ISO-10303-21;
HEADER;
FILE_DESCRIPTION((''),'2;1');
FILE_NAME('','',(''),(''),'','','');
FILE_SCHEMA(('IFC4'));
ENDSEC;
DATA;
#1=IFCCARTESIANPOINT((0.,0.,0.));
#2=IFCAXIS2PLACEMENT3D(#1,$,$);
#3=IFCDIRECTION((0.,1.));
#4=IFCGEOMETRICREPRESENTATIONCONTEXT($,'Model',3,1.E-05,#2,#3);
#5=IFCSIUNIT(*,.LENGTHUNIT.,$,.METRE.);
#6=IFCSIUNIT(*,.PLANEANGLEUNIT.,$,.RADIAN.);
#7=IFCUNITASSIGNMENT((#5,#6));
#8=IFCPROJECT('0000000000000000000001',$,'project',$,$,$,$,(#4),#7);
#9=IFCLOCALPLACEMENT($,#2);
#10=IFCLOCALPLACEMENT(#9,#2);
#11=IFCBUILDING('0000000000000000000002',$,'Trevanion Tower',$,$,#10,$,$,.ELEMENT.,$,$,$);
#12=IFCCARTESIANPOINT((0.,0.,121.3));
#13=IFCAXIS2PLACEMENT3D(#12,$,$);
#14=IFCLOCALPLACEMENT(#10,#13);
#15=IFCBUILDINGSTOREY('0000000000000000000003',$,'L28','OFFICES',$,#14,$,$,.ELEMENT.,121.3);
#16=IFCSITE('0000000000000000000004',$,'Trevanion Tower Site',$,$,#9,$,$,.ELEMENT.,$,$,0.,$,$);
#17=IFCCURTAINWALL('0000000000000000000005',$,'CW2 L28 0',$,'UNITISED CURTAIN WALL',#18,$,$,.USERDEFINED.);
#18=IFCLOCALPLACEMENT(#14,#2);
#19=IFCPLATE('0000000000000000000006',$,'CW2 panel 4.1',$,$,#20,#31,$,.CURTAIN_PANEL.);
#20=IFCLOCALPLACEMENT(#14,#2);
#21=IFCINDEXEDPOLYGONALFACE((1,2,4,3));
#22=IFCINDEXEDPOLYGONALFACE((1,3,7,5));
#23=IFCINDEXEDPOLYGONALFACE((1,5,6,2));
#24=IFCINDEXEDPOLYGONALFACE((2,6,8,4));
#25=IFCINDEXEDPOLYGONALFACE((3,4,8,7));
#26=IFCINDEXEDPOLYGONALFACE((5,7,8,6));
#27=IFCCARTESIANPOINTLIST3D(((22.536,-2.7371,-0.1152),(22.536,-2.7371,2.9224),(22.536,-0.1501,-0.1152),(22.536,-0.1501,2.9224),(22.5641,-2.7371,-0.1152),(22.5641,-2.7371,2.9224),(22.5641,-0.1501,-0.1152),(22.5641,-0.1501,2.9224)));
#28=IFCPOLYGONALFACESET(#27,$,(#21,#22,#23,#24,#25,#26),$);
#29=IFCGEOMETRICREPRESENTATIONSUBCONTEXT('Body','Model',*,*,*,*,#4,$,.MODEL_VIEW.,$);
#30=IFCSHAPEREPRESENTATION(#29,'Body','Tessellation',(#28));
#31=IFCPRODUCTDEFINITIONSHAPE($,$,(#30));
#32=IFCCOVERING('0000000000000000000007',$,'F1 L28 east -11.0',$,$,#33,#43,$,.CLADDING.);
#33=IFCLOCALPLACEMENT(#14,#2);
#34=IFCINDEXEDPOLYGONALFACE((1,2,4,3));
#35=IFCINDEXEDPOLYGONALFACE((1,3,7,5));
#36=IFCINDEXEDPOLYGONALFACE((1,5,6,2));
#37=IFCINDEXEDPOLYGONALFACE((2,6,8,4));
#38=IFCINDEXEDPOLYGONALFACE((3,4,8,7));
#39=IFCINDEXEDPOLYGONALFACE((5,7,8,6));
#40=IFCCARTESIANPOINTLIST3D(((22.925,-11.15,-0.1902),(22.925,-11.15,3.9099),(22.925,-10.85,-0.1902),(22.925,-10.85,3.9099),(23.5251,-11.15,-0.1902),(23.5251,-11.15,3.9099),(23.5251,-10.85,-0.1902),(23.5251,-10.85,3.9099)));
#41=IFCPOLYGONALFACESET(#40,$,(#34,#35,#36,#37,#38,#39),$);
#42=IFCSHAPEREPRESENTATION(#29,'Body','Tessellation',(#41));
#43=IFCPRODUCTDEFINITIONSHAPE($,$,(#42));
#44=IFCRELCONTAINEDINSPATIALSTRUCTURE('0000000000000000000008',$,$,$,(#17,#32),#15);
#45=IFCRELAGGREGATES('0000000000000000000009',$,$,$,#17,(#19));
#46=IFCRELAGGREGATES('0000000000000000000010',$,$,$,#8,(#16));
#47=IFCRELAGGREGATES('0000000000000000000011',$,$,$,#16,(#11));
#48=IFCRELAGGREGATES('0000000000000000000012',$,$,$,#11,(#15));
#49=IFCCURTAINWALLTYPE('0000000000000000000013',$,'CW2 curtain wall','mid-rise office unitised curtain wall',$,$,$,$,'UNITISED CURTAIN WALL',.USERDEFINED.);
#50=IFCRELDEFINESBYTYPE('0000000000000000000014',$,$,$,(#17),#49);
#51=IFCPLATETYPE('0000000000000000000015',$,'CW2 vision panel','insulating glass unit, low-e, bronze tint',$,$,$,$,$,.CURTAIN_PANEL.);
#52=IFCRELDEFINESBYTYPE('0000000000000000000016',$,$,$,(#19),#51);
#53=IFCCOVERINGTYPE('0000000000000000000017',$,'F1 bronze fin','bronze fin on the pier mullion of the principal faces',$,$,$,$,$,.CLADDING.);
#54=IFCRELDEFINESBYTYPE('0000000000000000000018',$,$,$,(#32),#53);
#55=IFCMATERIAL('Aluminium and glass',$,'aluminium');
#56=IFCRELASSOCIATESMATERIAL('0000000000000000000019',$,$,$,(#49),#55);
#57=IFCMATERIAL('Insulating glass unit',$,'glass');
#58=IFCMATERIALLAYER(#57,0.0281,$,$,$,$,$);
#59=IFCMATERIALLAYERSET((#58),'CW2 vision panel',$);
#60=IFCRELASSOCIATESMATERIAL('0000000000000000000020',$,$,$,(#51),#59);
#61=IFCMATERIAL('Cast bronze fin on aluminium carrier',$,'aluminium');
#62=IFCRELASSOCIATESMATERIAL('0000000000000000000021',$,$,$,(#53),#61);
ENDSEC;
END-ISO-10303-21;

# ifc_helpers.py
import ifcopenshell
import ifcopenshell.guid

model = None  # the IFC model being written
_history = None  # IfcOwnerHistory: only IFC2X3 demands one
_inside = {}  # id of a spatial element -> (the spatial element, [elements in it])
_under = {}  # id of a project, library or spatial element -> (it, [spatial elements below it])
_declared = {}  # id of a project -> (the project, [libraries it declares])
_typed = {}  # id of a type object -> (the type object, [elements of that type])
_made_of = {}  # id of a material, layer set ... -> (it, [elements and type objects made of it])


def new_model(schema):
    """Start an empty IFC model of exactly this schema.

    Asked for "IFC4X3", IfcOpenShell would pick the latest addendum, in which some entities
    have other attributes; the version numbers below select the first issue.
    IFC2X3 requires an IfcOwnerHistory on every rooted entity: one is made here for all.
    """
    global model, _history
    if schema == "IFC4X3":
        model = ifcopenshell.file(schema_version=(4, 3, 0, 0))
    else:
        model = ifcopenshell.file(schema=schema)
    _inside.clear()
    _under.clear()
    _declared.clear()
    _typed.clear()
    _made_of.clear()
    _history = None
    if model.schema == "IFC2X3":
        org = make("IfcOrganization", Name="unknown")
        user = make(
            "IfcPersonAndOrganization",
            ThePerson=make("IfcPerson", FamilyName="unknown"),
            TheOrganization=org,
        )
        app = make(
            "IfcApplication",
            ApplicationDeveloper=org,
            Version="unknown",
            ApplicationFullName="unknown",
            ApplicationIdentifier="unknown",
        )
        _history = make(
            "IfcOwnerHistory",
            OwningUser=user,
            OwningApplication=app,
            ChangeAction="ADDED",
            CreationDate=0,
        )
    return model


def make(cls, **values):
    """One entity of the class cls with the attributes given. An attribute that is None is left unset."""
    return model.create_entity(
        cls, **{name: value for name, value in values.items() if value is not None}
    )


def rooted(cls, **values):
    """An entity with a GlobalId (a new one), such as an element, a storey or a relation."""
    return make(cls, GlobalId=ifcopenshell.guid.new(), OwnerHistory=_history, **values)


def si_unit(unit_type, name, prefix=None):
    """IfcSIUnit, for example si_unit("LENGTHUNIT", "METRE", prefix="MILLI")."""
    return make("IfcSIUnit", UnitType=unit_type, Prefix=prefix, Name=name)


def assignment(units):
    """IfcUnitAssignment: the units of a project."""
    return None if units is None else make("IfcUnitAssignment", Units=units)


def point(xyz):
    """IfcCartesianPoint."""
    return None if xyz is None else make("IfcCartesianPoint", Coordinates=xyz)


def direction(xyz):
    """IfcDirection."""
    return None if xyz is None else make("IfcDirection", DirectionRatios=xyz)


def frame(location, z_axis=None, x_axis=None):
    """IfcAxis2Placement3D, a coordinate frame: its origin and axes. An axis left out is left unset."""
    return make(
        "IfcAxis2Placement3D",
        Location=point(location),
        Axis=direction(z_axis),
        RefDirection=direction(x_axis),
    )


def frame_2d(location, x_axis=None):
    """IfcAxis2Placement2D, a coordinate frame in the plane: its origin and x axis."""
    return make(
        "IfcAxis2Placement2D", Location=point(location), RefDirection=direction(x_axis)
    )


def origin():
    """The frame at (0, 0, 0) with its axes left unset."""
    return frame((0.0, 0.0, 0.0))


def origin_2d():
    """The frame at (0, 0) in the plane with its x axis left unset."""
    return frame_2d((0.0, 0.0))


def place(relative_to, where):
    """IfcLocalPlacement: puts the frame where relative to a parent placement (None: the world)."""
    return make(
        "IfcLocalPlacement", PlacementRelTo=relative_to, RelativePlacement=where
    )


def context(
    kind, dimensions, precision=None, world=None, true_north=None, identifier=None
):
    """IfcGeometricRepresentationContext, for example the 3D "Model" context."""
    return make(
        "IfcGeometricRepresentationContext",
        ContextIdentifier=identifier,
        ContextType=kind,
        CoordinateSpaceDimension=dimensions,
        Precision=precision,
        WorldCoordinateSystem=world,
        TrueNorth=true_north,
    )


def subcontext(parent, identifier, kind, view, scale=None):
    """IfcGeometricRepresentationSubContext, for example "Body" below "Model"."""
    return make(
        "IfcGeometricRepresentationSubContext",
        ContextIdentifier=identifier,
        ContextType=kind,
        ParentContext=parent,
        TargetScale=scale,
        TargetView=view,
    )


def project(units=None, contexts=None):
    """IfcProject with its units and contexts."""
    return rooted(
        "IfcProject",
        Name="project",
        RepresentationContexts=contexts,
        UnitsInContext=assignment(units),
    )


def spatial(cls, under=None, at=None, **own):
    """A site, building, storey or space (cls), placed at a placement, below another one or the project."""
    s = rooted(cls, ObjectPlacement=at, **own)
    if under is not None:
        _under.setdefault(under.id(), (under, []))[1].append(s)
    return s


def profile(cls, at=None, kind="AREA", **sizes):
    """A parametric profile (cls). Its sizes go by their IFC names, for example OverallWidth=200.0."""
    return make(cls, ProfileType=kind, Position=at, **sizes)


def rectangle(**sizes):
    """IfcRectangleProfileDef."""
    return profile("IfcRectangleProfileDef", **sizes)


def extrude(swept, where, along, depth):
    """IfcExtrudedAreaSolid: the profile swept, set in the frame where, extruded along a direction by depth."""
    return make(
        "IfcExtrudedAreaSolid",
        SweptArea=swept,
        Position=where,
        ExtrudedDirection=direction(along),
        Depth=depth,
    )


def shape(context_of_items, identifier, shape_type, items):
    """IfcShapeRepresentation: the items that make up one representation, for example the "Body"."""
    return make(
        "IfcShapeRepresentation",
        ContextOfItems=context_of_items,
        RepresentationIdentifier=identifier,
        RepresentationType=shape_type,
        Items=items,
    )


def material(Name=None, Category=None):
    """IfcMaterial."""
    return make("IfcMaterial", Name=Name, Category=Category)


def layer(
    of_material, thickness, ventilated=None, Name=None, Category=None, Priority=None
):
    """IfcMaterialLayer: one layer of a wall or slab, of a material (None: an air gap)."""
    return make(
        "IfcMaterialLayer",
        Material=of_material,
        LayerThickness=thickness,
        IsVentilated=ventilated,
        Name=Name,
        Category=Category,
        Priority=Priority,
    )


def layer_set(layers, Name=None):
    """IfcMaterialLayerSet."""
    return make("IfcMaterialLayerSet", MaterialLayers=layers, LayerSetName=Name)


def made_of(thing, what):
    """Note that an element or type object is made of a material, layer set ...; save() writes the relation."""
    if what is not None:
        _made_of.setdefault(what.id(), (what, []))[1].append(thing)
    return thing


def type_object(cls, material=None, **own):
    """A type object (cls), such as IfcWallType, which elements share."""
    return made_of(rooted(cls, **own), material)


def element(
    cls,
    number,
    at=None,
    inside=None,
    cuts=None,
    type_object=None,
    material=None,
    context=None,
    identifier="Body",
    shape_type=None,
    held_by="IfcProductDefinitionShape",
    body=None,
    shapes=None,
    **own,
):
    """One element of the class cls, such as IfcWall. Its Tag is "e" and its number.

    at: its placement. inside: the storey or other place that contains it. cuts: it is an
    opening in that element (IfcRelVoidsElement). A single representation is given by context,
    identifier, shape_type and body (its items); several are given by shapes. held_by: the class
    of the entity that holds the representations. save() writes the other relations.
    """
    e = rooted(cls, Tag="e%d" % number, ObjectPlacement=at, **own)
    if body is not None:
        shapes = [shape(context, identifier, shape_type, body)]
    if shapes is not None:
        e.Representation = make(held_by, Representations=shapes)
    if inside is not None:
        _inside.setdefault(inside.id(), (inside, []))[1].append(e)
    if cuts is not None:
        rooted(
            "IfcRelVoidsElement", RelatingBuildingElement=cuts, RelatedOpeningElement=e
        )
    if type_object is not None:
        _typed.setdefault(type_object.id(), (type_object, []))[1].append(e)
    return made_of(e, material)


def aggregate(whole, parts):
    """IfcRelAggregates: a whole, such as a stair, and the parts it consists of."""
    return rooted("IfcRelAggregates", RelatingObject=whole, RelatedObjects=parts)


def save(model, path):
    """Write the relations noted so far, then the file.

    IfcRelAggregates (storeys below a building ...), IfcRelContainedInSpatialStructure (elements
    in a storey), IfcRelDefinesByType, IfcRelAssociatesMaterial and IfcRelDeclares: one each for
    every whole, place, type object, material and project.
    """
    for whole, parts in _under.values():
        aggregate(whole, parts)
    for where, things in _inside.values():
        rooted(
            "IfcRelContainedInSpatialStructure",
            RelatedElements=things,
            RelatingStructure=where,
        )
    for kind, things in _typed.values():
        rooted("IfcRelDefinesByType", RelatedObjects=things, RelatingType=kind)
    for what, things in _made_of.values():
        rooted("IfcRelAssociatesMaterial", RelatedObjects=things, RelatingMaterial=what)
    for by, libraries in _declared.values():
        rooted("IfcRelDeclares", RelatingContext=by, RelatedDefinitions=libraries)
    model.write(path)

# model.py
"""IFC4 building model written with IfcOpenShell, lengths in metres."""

from ifc_helpers import new_model, si_unit, direction, frame, origin, origin_2d, place, context, subcontext, project, spatial, rectangle, extrude, material, layer, layer_set, type_object, element, aggregate, save


model = new_model("IFC4")

# Units and contexts
model_context = context("Model", 3, precision=1e-05, world=origin(), true_north=direction((0.0, 1.0)))
body_context = subcontext(model_context, "Body", "Model", "MODEL_VIEW")
ifc_project = project(units=[si_unit("LENGTHUNIT", "METRE"), si_unit("PLANEANGLEUNIT", "RADIAN")], contexts=[model_context])

# Site, building, storey
site_placement = place(None, origin())
site = spatial("IfcSite", under=ifc_project, at=site_placement, Name="Trevanion Tower Site", CompositionType="ELEMENT", RefElevation=0.0)
building_placement = place(site_placement, origin())
building = spatial("IfcBuilding", under=site, at=building_placement, Name="Trevanion Tower", CompositionType="ELEMENT")
storey_placement = place(building_placement, frame((0.0, 0.0, 121.3)))
storey = spatial("IfcBuildingStorey", under=building, at=storey_placement, Name="L28", Description="OFFICES", CompositionType="ELEMENT", Elevation=121.3)

# Curtain wall, plate
ifc_material_1 = material(Name="Aluminium and glass", Category="aluminium")
curtain_wall_type = type_object("IfcCurtainWallType", Name="CW2 curtain wall", Description="mid-rise office unitised curtain wall", ElementType="UNITISED CURTAIN WALL", PredefinedType="USERDEFINED", material=ifc_material_1)
curtain_wall_placement = place(storey_placement, origin())
curtain_wall = element("IfcCurtainWall", 1, at=curtain_wall_placement, inside=storey, type_object=curtain_wall_type, Name="CW2 L28 0", ObjectType="UNITISED CURTAIN WALL", PredefinedType="USERDEFINED")
ifc_material_2 = material(Name="Insulating glass unit", Category="glass")
ifc_layer_1 = layer(ifc_material_2, 0.0281)
ifc_layer_set_1 = layer_set([ifc_layer_1], Name="CW2 vision panel")
plate_type_1 = type_object("IfcPlateType", Name="CW2 vision panel", Description="insulating glass unit, low-e, bronze tint", PredefinedType="CURTAIN_PANEL", material=ifc_layer_set_1)
plate_1_placement = place(storey_placement, frame((22.55, -1.4436, -0.1152), z_axis=(0.0, 0.0, 1.0), x_axis=(0.0, 1.0, 0.0)))
plate_1 = element("IfcPlate", 2, at=plate_1_placement, type_object=plate_type_1, Name="CW2 panel 4.1", PredefinedType="CURTAIN_PANEL", context=body_context, shape_type="SweptSolid", body=[
    extrude(rectangle(XDim=2.5869, YDim=0.0281, at=origin_2d()), origin(), (0.0, 0.0, 1.0), 3.0376),
])
aggregate(curtain_wall, [plate_1])

# Covering
ifc_material_3 = material(Name="Cast bronze fin on aluminium carrier", Category="aluminium")
covering_type = type_object("IfcCoveringType", Name="F1 bronze fin", Description="bronze fin on the pier mullion of the principal faces", PredefinedType="CLADDING", material=ifc_material_3)
covering_placement = place(storey_placement, frame((23.2251, -11.0, -0.1902), z_axis=(0.0, 0.0, 1.0), x_axis=(0.0, 1.0, 0.0)))
element("IfcCovering", 3, at=covering_placement, inside=storey, type_object=covering_type, Name="F1 L28 east -11.0", PredefinedType="CLADDING", context=body_context, shape_type="SweptSolid", body=[
    extrude(rectangle(XDim=0.3, YDim=0.6001, at=origin_2d()), origin(), (0.0, 0.0, 1.0), 4.1001),
])

save(model, "model.ifc")
